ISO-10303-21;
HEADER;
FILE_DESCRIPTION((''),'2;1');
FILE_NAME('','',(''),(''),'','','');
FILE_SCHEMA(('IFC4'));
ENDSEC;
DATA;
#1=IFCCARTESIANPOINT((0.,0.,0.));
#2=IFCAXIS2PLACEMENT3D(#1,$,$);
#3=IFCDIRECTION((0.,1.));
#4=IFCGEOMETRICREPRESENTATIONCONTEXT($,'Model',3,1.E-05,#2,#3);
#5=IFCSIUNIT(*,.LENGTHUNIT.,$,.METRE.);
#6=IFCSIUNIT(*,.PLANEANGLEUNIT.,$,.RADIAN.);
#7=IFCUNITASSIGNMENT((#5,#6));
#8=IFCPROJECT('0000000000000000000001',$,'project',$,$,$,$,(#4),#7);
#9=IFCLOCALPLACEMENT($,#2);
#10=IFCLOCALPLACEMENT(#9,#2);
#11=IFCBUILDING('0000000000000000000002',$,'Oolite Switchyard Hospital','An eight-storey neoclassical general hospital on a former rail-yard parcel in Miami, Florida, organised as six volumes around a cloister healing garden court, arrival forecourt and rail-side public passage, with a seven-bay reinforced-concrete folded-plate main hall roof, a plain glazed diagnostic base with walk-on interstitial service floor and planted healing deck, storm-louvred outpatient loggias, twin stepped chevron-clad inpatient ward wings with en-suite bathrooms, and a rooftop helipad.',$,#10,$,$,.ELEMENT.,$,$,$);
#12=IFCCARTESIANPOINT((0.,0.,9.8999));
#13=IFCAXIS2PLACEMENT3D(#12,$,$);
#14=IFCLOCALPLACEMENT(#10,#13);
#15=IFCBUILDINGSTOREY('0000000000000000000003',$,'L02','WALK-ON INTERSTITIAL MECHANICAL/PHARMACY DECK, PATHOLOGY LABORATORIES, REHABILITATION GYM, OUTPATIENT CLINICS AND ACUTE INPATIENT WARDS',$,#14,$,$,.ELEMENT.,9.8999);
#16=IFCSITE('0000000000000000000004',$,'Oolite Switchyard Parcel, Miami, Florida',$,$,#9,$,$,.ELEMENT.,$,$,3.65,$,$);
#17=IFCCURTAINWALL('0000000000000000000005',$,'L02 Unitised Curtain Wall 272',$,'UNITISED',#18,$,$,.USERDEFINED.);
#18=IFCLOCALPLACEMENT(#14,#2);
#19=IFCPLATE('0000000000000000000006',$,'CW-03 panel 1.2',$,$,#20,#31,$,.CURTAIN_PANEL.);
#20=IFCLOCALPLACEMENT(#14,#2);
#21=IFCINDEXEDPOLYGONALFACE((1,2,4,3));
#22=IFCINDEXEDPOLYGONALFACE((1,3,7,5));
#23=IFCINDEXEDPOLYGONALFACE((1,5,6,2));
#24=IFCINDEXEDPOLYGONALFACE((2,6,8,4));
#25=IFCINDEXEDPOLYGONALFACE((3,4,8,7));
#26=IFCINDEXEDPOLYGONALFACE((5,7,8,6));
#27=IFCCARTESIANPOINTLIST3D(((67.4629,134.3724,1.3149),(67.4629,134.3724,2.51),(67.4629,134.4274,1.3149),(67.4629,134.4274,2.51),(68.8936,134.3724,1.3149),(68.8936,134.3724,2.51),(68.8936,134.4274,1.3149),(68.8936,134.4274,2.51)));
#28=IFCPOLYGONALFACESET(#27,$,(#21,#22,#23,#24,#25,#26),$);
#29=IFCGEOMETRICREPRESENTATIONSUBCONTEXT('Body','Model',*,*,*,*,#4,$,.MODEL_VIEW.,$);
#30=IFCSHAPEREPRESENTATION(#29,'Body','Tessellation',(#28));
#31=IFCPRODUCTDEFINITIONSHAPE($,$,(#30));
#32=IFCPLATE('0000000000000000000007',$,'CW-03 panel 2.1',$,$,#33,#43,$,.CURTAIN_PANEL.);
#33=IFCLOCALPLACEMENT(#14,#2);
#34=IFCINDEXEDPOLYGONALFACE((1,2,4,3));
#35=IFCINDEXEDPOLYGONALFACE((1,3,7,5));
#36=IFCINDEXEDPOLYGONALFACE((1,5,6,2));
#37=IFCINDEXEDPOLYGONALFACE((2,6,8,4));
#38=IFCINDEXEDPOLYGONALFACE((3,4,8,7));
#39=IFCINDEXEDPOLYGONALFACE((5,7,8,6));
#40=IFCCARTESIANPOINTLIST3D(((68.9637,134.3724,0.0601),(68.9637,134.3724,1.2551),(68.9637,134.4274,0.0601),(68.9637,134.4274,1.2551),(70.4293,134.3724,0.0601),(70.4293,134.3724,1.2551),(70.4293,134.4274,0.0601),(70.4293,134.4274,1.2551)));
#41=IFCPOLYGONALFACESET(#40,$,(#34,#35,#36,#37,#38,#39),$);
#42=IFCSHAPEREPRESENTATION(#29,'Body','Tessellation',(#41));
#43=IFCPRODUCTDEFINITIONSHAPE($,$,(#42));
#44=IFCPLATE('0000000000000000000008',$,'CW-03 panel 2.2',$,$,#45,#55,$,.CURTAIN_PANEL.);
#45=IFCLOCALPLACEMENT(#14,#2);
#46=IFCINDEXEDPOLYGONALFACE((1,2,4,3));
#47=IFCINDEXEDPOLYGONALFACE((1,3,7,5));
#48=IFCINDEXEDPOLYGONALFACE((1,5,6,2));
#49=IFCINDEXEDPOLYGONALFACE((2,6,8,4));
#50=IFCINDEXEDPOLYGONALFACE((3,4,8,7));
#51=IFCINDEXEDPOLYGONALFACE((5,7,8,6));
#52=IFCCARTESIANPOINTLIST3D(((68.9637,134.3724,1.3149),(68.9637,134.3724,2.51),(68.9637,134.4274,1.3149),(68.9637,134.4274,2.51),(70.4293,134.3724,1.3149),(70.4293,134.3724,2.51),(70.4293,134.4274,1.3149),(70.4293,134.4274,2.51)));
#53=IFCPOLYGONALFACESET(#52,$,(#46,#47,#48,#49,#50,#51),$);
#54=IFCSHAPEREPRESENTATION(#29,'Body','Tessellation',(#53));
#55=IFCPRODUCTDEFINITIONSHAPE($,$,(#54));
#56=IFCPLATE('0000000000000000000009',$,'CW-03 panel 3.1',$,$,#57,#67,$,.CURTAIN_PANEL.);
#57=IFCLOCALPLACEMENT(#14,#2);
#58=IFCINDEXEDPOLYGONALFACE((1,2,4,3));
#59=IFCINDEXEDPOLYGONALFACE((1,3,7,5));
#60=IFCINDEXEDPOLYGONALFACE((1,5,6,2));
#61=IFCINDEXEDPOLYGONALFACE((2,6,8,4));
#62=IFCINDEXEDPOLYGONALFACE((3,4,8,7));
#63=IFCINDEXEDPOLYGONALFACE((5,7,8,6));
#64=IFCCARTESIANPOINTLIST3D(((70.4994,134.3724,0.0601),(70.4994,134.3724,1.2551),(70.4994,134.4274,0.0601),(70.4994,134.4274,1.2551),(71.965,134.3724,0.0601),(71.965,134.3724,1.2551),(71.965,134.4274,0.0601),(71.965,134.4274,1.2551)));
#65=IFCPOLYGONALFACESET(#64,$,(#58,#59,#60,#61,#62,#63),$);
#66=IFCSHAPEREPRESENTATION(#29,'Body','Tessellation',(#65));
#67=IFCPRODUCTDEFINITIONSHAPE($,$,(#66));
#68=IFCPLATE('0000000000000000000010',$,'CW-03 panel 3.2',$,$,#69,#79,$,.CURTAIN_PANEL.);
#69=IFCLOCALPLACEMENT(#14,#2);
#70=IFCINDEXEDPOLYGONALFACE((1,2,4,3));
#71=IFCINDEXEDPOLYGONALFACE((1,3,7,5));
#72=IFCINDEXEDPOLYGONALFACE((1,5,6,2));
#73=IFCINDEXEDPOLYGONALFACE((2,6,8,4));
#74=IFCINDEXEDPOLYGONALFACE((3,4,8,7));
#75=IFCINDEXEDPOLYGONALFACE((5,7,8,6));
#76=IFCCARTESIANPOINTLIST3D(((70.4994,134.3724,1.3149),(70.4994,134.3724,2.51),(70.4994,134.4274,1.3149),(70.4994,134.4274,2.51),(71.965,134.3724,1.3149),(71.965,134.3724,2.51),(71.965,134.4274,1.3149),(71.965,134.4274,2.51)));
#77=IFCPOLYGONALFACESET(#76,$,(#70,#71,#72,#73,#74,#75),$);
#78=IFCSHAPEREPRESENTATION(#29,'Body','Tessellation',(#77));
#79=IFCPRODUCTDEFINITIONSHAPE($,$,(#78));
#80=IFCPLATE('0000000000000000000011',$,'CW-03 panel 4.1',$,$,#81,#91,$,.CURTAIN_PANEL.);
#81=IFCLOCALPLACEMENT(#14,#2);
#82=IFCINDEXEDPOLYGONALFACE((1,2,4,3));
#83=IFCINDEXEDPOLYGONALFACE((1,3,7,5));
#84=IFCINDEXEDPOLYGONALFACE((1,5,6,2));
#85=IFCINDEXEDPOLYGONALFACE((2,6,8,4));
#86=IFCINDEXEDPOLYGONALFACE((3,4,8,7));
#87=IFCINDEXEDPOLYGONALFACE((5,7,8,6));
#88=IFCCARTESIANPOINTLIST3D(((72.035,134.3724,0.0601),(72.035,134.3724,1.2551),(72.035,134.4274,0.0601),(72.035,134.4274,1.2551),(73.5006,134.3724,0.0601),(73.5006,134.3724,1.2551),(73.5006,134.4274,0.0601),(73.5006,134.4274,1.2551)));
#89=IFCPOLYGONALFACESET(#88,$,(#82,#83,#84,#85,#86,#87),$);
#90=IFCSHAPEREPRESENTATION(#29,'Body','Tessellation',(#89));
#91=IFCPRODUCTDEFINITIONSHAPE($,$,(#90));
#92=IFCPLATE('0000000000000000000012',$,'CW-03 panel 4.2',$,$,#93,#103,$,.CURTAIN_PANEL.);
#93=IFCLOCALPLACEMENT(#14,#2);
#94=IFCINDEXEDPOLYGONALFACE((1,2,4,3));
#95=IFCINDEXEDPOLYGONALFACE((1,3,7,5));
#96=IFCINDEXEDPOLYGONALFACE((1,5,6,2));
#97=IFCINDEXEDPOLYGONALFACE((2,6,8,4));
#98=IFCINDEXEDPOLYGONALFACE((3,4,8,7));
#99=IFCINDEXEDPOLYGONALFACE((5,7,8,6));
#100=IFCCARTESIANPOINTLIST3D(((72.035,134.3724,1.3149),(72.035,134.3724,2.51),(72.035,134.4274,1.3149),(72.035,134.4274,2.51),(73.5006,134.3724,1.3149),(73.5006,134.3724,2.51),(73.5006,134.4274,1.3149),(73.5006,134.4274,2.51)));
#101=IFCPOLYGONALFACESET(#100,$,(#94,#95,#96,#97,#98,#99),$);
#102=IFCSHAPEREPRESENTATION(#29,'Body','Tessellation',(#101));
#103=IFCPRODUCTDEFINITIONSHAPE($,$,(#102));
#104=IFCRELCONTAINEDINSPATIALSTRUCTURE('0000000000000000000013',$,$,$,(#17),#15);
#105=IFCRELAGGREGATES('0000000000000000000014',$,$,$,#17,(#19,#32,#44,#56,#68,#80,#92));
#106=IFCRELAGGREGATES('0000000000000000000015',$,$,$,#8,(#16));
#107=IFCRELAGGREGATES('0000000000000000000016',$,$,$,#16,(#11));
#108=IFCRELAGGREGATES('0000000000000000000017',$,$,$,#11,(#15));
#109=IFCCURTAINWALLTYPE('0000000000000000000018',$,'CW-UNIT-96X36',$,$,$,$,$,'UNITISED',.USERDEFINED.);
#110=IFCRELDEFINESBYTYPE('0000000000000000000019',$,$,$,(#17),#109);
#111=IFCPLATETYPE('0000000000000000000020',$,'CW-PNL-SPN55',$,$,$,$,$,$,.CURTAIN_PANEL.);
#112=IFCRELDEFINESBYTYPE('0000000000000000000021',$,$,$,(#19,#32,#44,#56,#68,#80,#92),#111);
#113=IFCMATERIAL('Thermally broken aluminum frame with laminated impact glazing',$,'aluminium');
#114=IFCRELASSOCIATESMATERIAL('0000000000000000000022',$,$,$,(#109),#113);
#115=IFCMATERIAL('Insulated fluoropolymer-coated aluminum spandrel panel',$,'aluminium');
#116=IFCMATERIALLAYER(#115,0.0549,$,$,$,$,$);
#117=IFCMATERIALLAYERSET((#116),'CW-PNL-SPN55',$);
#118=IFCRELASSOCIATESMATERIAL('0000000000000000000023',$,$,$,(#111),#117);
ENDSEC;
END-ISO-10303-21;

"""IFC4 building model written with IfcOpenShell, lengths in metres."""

from ifc_helpers import new_model, si_unit, direction, frame, origin, origin_2d, place, context, subcontext, project, spatial, rectangle, extrude, material, layer, layer_set, type_object, element, aggregate, save


model = new_model("IFC4")

# Units and contexts
model_context = context("Model", 3, precision=1e-05, world=origin(), true_north=direction((0.0, 1.0)))
body_context = subcontext(model_context, "Body", "Model", "MODEL_VIEW")
ifc_project = project(units=[si_unit("LENGTHUNIT", "METRE"), si_unit("PLANEANGLEUNIT", "RADIAN")], contexts=[model_context])

# Site, building, storey
site_placement = place(None, origin())
site = spatial("IfcSite", under=ifc_project, at=site_placement, Name="Oolite Switchyard Parcel, Miami, Florida", CompositionType="ELEMENT", RefElevation=3.65)
building_placement = place(site_placement, origin())
building = spatial("IfcBuilding", under=site, at=building_placement, Name="Oolite Switchyard Hospital", Description="An eight-storey neoclassical general hospital on a former rail-yard parcel in Miami, Florida, organised as six volumes around a cloister healing garden court, arrival forecourt and rail-side public passage, with a seven-bay reinforced-concrete folded-plate main hall roof, a plain glazed diagnostic base with walk-on interstitial service floor and planted healing deck, storm-louvred outpatient loggias, twin stepped chevron-clad inpatient ward wings with en-suite bathrooms, and a rooftop helipad.", CompositionType="ELEMENT")
storey_placement = place(building_placement, frame((0.0, 0.0, 9.8999)))
storey = spatial("IfcBuildingStorey", under=building, at=storey_placement, Name="L02", Description="WALK-ON INTERSTITIAL MECHANICAL/PHARMACY DECK, PATHOLOGY LABORATORIES, REHABILITATION GYM, OUTPATIENT CLINICS AND ACUTE INPATIENT WARDS", CompositionType="ELEMENT", Elevation=9.8999)

# Curtain wall, plates
ifc_material_1 = material(Name="Thermally broken aluminum frame with laminated impact glazing", Category="aluminium")
curtain_wall_type = type_object("IfcCurtainWallType", Name="CW-UNIT-96X36", ElementType="UNITISED", PredefinedType="USERDEFINED", material=ifc_material_1)
curtain_wall_placement = place(storey_placement, origin())
curtain_wall = element("IfcCurtainWall", 1, at=curtain_wall_placement, inside=storey, type_object=curtain_wall_type, Name="L02 Unitised Curtain Wall 272", ObjectType="UNITISED", PredefinedType="USERDEFINED")
ifc_material_2 = material(Name="Insulated fluoropolymer-coated aluminum spandrel panel", Category="aluminium")
ifc_layer = layer(ifc_material_2, 0.0549)
ifc_layer_set = layer_set([ifc_layer], Name="CW-PNL-SPN55")
plate_type = type_object("IfcPlateType", Name="CW-PNL-SPN55", PredefinedType="CURTAIN_PANEL", material=ifc_layer_set)
plate_1_placement = place(storey_placement, frame((68.1782, 134.3999, 1.3149), z_axis=(0.0, 0.0, 1.0), x_axis=(1.0, 0.0, 0.0)))
plate_1 = element("IfcPlate", 2, at=plate_1_placement, type_object=plate_type, Name="CW-03 panel 1.2", PredefinedType="CURTAIN_PANEL", context=body_context, shape_type="SweptSolid", body=[
    extrude(rectangle(XDim=1.4307, YDim=0.0549, at=origin_2d()), origin(), (0.0, 0.0, 1.0), 1.1951),
])
plate_2_placement = place(storey_placement, frame((69.6965, 134.3999, 0.0601), z_axis=(0.0, 0.0, 1.0), x_axis=(1.0, 0.0, 0.0)))
plate_2 = element("IfcPlate", 3, at=plate_2_placement, type_object=plate_type, Name="CW-03 panel 2.1", PredefinedType="CURTAIN_PANEL", context=body_context, shape_type="SweptSolid", body=[
    extrude(rectangle(XDim=1.4656, YDim=0.0549, at=origin_2d()), origin(), (0.0, 0.0, 1.0), 1.1951),
])
plate_3_placement = place(storey_placement, frame((69.6965, 134.3999, 1.3149), z_axis=(0.0, 0.0, 1.0), x_axis=(1.0, 0.0, 0.0)))
plate_3 = element("IfcPlate", 4, at=plate_3_placement, type_object=plate_type, Name="CW-03 panel 2.2", PredefinedType="CURTAIN_PANEL", context=body_context, shape_type="SweptSolid", body=[
    extrude(rectangle(XDim=1.4656, YDim=0.0549, at=origin_2d()), origin(), (0.0, 0.0, 1.0), 1.1951),
])
plate_4_placement = place(storey_placement, frame((71.2322, 134.3999, 0.0601), z_axis=(0.0, 0.0, 1.0), x_axis=(1.0, 0.0, 0.0)))
plate_4 = element("IfcPlate", 5, at=plate_4_placement, type_object=plate_type, Name="CW-03 panel 3.1", PredefinedType="CURTAIN_PANEL", context=body_context, shape_type="SweptSolid", body=[
    extrude(rectangle(XDim=1.4656, YDim=0.0549, at=origin_2d()), origin(), (0.0, 0.0, 1.0), 1.1951),
])
plate_5_placement = place(storey_placement, frame((71.2322, 134.3999, 1.3149), z_axis=(0.0, 0.0, 1.0), x_axis=(1.0, 0.0, 0.0)))
plate_5 = element("IfcPlate", 6, at=plate_5_placement, type_object=plate_type, Name="CW-03 panel 3.2", PredefinedType="CURTAIN_PANEL", context=body_context, shape_type="SweptSolid", body=[
    extrude(rectangle(XDim=1.4656, YDim=0.0549, at=origin_2d()), origin(), (0.0, 0.0, 1.0), 1.1951),
])
plate_6_placement = place(storey_placement, frame((72.7678, 134.3999, 0.0601), z_axis=(0.0, 0.0, 1.0), x_axis=(1.0, 0.0, 0.0)))
plate_6 = element("IfcPlate", 7, at=plate_6_placement, type_object=plate_type, Name="CW-03 panel 4.1", PredefinedType="CURTAIN_PANEL", context=body_context, shape_type="SweptSolid", body=[
    extrude(rectangle(XDim=1.4656, YDim=0.0549, at=origin_2d()), origin(), (0.0, 0.0, 1.0), 1.1951),
])
plate_7_placement = place(storey_placement, frame((72.7678, 134.3999, 1.3149), z_axis=(0.0, 0.0, 1.0), x_axis=(1.0, 0.0, 0.0)))
plate_7 = element("IfcPlate", 8, at=plate_7_placement, type_object=plate_type, Name="CW-03 panel 4.2", PredefinedType="CURTAIN_PANEL", context=body_context, shape_type="SweptSolid", body=[
    extrude(rectangle(XDim=1.4656, YDim=0.0549, at=origin_2d()), origin(), (0.0, 0.0, 1.0), 1.1951),
])
aggregate(curtain_wall, [plate_1, plate_2, plate_3, plate_4, plate_5, plate_6, plate_7])

save(model, "model.ifc")
